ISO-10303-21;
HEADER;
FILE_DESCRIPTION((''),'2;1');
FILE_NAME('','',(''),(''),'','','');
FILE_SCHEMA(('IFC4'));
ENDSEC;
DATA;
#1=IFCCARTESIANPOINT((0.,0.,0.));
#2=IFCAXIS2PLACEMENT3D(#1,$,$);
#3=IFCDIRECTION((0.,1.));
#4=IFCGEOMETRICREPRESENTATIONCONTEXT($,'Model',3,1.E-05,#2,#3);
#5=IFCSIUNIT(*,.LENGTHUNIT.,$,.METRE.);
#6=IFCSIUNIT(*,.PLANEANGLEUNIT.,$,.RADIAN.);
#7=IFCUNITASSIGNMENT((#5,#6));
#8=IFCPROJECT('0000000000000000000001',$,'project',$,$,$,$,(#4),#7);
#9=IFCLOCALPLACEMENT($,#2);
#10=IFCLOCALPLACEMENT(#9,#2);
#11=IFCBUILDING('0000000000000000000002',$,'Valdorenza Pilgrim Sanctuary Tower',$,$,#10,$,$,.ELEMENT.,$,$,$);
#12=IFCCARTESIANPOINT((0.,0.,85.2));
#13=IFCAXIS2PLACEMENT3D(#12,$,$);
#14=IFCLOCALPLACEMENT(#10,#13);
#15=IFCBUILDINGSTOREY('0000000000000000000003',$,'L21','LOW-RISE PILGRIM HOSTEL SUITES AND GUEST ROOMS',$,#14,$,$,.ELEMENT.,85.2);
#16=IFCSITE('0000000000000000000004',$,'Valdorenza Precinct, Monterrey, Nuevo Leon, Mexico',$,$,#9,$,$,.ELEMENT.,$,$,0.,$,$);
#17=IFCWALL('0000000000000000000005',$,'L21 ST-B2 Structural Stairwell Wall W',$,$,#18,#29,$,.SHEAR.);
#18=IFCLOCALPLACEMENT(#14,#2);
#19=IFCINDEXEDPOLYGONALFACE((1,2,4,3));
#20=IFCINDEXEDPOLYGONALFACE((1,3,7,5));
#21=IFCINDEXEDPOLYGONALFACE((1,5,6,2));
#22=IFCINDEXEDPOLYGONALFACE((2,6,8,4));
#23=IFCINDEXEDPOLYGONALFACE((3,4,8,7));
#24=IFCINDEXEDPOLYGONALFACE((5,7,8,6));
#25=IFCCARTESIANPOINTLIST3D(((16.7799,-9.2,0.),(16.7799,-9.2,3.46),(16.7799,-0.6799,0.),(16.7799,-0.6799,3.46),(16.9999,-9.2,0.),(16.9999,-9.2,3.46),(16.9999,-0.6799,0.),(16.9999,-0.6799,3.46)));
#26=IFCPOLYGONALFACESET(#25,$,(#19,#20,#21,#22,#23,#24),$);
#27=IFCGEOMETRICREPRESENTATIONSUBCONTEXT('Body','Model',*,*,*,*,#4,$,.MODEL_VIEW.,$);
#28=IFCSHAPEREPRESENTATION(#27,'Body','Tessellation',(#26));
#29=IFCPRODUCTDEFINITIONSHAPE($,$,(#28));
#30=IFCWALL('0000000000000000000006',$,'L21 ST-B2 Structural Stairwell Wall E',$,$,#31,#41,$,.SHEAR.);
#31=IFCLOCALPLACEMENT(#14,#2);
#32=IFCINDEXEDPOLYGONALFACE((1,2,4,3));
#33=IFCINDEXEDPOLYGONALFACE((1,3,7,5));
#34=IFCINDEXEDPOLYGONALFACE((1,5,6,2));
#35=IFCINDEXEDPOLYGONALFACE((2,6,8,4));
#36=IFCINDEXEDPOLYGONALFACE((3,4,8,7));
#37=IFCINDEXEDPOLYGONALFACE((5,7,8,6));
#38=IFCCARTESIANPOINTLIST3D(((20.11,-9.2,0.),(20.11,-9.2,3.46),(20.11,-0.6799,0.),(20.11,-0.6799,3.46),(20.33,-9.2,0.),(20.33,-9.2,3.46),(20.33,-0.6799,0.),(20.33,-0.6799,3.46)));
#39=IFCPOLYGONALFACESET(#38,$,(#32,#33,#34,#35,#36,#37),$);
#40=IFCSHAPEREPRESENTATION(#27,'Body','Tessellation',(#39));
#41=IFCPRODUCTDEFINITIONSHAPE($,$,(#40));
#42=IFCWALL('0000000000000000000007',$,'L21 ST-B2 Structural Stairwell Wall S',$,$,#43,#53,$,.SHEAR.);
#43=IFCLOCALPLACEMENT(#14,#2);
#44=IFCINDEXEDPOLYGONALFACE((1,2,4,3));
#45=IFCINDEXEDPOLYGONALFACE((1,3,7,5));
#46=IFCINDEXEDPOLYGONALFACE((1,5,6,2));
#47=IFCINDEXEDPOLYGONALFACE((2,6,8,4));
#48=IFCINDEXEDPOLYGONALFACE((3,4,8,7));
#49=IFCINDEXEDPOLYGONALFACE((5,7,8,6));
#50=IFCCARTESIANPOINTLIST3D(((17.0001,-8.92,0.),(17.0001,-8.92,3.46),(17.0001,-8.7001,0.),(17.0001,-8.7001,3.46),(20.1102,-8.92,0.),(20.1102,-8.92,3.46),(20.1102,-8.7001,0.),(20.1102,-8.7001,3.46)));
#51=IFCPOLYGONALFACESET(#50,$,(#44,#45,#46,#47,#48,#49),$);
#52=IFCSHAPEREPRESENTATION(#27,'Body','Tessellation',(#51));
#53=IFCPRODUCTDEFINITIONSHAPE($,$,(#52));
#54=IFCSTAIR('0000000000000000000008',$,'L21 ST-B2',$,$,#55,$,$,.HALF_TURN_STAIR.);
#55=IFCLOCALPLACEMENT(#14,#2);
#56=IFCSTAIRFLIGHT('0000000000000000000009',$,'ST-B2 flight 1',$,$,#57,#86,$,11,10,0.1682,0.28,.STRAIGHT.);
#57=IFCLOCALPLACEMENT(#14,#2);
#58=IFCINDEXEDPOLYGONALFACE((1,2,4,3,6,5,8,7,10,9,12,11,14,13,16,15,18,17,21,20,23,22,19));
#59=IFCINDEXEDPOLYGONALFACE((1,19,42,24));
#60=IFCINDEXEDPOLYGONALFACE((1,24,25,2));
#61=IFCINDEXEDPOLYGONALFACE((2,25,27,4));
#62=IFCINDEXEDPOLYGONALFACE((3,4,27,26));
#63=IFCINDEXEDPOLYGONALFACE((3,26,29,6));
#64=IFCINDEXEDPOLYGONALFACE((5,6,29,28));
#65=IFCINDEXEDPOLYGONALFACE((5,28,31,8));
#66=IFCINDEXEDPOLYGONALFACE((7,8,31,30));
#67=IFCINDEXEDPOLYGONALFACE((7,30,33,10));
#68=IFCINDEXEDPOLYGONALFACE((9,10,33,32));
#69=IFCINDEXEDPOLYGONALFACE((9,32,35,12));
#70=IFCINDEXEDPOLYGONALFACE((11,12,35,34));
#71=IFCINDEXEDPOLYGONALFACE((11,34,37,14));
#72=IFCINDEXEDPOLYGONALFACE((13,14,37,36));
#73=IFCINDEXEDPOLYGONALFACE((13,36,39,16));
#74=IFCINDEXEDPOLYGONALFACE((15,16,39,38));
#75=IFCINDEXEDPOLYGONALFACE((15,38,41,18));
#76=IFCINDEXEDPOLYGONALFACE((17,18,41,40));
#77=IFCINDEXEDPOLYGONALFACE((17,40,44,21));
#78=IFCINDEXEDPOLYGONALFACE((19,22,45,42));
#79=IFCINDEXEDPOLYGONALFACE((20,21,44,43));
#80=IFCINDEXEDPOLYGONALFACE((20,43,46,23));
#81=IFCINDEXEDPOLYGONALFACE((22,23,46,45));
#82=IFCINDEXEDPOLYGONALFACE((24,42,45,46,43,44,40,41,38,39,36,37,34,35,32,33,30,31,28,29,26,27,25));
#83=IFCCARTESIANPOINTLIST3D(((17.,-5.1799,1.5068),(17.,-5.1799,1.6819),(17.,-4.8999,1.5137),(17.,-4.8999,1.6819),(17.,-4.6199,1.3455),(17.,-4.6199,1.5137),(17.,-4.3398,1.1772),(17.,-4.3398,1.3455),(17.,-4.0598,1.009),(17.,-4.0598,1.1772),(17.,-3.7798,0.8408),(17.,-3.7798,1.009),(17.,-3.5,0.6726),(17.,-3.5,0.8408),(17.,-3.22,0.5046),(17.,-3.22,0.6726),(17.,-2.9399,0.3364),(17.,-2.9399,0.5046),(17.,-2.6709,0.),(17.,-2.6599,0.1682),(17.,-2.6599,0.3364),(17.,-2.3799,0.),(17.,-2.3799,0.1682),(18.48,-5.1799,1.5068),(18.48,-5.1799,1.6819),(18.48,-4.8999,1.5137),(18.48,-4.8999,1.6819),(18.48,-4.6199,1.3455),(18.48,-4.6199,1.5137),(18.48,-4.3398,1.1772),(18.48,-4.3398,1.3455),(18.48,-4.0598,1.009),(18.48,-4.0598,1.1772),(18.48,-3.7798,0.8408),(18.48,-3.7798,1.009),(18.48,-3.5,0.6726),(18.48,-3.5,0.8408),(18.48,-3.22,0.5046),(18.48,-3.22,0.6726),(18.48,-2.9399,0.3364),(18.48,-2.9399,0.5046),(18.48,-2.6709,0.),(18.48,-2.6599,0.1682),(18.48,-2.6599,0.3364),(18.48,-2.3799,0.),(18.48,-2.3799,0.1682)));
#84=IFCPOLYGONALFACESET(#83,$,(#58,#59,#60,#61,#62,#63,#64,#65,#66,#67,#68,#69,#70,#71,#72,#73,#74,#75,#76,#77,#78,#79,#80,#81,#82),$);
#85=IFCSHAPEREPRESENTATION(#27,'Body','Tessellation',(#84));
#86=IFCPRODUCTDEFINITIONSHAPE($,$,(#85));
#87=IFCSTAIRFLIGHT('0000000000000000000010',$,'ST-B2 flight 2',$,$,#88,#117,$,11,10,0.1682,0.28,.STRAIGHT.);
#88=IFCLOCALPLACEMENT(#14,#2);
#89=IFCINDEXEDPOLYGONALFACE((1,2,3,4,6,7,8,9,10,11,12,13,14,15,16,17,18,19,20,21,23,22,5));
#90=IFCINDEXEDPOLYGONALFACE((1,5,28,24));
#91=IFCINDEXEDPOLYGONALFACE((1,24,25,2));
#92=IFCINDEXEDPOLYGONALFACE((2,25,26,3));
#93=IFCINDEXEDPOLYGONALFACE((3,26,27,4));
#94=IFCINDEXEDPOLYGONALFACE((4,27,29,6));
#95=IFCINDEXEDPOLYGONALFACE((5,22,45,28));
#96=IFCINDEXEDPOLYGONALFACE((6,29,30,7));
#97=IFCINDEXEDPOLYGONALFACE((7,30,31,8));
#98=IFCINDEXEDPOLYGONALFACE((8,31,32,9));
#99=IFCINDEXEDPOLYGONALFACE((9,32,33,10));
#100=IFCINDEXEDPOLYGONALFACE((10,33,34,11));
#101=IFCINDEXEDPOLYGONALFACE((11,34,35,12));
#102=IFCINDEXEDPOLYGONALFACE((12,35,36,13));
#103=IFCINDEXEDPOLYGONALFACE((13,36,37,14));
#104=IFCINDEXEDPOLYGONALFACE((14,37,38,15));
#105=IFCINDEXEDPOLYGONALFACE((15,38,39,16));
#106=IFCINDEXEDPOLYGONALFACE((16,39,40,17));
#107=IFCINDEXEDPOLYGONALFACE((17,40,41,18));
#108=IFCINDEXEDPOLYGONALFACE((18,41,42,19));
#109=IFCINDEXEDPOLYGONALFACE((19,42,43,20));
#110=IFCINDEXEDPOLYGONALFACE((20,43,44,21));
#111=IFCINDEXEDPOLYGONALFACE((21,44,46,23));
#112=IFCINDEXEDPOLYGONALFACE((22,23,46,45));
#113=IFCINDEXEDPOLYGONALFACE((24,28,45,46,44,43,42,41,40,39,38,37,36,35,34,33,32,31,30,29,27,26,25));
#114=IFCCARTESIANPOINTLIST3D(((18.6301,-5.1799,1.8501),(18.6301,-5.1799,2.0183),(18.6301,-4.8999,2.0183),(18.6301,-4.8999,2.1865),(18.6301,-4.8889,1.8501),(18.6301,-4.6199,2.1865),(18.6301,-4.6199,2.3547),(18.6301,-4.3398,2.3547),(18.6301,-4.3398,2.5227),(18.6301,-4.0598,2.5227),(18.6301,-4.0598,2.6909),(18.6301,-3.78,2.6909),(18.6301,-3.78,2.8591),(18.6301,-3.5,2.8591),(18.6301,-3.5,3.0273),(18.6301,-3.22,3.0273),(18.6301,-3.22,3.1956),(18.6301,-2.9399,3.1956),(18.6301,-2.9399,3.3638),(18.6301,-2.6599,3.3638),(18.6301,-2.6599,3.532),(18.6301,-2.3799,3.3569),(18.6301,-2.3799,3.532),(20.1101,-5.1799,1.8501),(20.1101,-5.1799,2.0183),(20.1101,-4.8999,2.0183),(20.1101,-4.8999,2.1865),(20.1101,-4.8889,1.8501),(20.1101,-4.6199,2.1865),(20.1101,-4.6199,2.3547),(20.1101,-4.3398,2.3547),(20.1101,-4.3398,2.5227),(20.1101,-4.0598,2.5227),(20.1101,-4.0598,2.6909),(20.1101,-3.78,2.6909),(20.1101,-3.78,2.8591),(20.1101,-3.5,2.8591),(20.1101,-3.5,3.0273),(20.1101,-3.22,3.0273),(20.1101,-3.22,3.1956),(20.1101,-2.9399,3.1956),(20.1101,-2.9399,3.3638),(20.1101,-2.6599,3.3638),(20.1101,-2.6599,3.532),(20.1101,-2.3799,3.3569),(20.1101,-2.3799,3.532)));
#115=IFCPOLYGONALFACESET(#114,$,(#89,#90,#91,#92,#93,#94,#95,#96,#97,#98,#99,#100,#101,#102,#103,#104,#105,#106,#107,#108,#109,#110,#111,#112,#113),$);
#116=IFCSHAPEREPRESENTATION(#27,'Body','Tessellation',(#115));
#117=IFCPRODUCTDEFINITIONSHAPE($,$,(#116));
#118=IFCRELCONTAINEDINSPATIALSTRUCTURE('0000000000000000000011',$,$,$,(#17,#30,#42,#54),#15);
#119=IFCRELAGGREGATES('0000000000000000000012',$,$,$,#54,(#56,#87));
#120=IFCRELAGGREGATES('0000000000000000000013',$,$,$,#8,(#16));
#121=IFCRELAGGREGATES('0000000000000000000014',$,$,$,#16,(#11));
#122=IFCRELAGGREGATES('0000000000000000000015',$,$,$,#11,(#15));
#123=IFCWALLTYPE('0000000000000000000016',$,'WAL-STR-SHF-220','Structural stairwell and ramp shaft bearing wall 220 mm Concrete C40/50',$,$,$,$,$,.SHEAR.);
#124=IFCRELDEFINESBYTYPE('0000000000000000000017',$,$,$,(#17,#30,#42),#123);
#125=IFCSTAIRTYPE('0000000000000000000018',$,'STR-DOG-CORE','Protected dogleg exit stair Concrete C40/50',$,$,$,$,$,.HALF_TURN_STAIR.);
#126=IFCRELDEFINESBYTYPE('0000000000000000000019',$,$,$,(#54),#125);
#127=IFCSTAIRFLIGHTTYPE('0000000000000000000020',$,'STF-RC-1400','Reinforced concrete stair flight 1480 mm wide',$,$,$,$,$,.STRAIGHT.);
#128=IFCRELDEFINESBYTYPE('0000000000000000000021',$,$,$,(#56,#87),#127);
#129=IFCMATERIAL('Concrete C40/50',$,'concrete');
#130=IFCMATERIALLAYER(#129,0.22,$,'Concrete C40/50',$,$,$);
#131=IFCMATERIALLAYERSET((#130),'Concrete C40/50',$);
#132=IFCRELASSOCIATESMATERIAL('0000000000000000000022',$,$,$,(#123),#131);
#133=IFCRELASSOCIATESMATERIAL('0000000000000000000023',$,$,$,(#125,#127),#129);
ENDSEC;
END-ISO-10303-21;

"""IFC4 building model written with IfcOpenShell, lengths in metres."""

from ifc_helpers import new_model, si_unit, direction, frame, frame_2d, origin, place, context, subcontext, project, spatial, polyline, rectangle, outline, extrude, material, layer, layer_set, type_object, element, aggregate, save


model = new_model("IFC4")

# Units and contexts
model_context = context("Model", 3, precision=1e-05, world=origin(), true_north=direction((0.0, 1.0)))
body_context = subcontext(model_context, "Body", "Model", "MODEL_VIEW")
ifc_project = project(units=[si_unit("LENGTHUNIT", "METRE"), si_unit("PLANEANGLEUNIT", "RADIAN")], contexts=[model_context])

# Site, building, storey
site_placement = place(None, origin())
site = spatial("IfcSite", under=ifc_project, at=site_placement, Name="Valdorenza Precinct, Monterrey, Nuevo Leon, Mexico", CompositionType="ELEMENT", RefElevation=0.0)
building_placement = place(site_placement, origin())
building = spatial("IfcBuilding", under=site, at=building_placement, Name="Valdorenza Pilgrim Sanctuary Tower", CompositionType="ELEMENT")
storey_placement = place(building_placement, frame((0.0, 0.0, 85.2)))
storey = spatial("IfcBuildingStorey", under=building, at=storey_placement, Name="L21", Description="LOW-RISE PILGRIM HOSTEL SUITES AND GUEST ROOMS", CompositionType="ELEMENT", Elevation=85.2)

# Walls
ifc_material_1 = material(Name="Concrete C40/50", Category="concrete")
ifc_layer_1 = layer(ifc_material_1, 0.22, Name="Concrete C40/50")
ifc_layer_set_1 = layer_set([ifc_layer_1], Name="Concrete C40/50")
wall_type_1 = type_object("IfcWallType", Name="WAL-STR-SHF-220", Description="Structural stairwell and ramp shaft bearing wall 220 mm Concrete C40/50", PredefinedType="SHEAR", material=ifc_layer_set_1)
for number, where, z_axis, x_axis, name in (
    (1, (16.8899, -9.2, 0.0), (0.0, 0.0, 1.0), (0.0, 1.0, 0.0), "L21 ST-B2 Structural Stairwell Wall W"),
    (2, (20.22, -9.2, 0.0), (0.0, 0.0, 1.0), (0.0, 1.0, 0.0), "L21 ST-B2 Structural Stairwell Wall E"),
):
    element("IfcWall", number, at=place(storey_placement, frame(where, z_axis=z_axis, x_axis=x_axis)), inside=storey, type_object=wall_type_1, Name=name, PredefinedType="SHEAR", context=body_context, shape_type="SweptSolid", body=[
        extrude(rectangle(XDim=8.52, YDim=0.22, at=frame_2d((4.26, 0.0))), origin(), (0.0, 0.0, 1.0), 3.46),
    ])
wall_1_placement = place(storey_placement, frame((17.0, -8.8101, 0.0), z_axis=(0.0, 0.0, 1.0), x_axis=(1.0, 0.0, 0.0)))
element("IfcWall", 3, at=wall_1_placement, inside=storey, type_object=wall_type_1, Name="L21 ST-B2 Structural Stairwell Wall S", PredefinedType="SHEAR", context=body_context, shape_type="SweptSolid", body=[
    extrude(rectangle(XDim=3.1101, YDim=0.22, at=frame_2d((1.5552, 0.0))), origin(), (0.0, 0.0, 1.0), 3.46),
])

# Stair, stair flights
stair_type = type_object("IfcStairType", Name="STR-DOG-CORE", Description="Protected dogleg exit stair Concrete C40/50", PredefinedType="HALF_TURN_STAIR", material=ifc_material_1)
stair_placement = place(storey_placement, origin())
stair = element("IfcStair", 4, at=stair_placement, inside=storey, type_object=stair_type, Name="L21 ST-B2", PredefinedType="HALF_TURN_STAIR")
stair_flight_type = type_object("IfcStairFlightType", Name="STF-RC-1400", Description="Reinforced concrete stair flight 1480 mm wide", PredefinedType="STRAIGHT", material=ifc_material_1)
stair_flight_1_placement = place(storey_placement, frame((17.74, -2.3799, 0.0), z_axis=(0.0, 0.0, 1.0), x_axis=(0.0, -1.0, 0.0)))
stair_flight_1 = element("IfcStairFlight", 5, at=stair_flight_1_placement, type_object=stair_flight_type, Name="ST-B2 flight 1", NumberOfRisers=11, NumberOfTreads=10, PredefinedType="STRAIGHT", RiserHeight=0.1682, TreadLength=0.28, context=body_context, shape_type="SweptSolid", body=[
    extrude(outline(polyline([(0.0, 0.0), (0.0, 0.1682), (0.28, 0.1682), (0.28, 0.3364), (0.5601, 0.3364), (0.5601, 0.5046), (0.8401, 0.5046), (0.8401, 0.6726), (1.1201, 0.6726), (1.1201, 0.8408), (1.3999, 0.8408), (1.3999, 1.009), (1.6799, 1.009), (1.6799, 1.1772), (1.96, 1.1772), (1.96, 1.3455), (2.24, 1.3455), (2.24, 1.5137), (2.52, 1.5137), (2.52, 1.6819), (2.8, 1.6819), (2.8, 1.8501), (2.8, 1.5068), (0.291, 0.0), (0.0, 0.0)])), frame((0.0, 0.74, 0.0), z_axis=(0.0, -1.0, 0.0), x_axis=(1.0, 0.0, 0.0)), (0.0, 0.0, 1.0), 1.48),
])
stair_flight_2_placement = place(storey_placement, frame((19.3701, -5.1799, 1.8501), z_axis=(0.0, 0.0, 1.0), x_axis=(0.0, 1.0, 0.0)))
stair_flight_2 = element("IfcStairFlight", 6, at=stair_flight_2_placement, type_object=stair_flight_type, Name="ST-B2 flight 2", NumberOfRisers=11, NumberOfTreads=10, PredefinedType="STRAIGHT", RiserHeight=0.1682, TreadLength=0.28, context=body_context, shape_type="SweptSolid", body=[
    extrude(outline(polyline([(0.0, 0.0), (0.0, 0.1682), (0.28, 0.1682), (0.28, 0.3364), (0.5601, 0.3364), (0.5601, 0.5046), (0.8401, 0.5046), (0.8401, 0.6726), (1.1201, 0.6726), (1.1201, 0.8408), (1.3999, 0.8408), (1.3999, 1.009), (1.6799, 1.009), (1.6799, 1.1772), (1.96, 1.1772), (1.96, 1.3455), (2.24, 1.3455), (2.24, 1.5137), (2.52, 1.5137), (2.52, 1.6819), (2.8, 1.6819), (2.8, 1.8501), (2.8, 1.5068), (0.291, 0.0), (0.0, 0.0)])), frame((0.0, 0.74, 0.0), z_axis=(0.0, -1.0, 0.0), x_axis=(1.0, 0.0, 0.0)), (0.0, 0.0, 1.0), 1.48),
])
aggregate(stair, [stair_flight_1, stair_flight_2])

save(model, "model.ifc")
